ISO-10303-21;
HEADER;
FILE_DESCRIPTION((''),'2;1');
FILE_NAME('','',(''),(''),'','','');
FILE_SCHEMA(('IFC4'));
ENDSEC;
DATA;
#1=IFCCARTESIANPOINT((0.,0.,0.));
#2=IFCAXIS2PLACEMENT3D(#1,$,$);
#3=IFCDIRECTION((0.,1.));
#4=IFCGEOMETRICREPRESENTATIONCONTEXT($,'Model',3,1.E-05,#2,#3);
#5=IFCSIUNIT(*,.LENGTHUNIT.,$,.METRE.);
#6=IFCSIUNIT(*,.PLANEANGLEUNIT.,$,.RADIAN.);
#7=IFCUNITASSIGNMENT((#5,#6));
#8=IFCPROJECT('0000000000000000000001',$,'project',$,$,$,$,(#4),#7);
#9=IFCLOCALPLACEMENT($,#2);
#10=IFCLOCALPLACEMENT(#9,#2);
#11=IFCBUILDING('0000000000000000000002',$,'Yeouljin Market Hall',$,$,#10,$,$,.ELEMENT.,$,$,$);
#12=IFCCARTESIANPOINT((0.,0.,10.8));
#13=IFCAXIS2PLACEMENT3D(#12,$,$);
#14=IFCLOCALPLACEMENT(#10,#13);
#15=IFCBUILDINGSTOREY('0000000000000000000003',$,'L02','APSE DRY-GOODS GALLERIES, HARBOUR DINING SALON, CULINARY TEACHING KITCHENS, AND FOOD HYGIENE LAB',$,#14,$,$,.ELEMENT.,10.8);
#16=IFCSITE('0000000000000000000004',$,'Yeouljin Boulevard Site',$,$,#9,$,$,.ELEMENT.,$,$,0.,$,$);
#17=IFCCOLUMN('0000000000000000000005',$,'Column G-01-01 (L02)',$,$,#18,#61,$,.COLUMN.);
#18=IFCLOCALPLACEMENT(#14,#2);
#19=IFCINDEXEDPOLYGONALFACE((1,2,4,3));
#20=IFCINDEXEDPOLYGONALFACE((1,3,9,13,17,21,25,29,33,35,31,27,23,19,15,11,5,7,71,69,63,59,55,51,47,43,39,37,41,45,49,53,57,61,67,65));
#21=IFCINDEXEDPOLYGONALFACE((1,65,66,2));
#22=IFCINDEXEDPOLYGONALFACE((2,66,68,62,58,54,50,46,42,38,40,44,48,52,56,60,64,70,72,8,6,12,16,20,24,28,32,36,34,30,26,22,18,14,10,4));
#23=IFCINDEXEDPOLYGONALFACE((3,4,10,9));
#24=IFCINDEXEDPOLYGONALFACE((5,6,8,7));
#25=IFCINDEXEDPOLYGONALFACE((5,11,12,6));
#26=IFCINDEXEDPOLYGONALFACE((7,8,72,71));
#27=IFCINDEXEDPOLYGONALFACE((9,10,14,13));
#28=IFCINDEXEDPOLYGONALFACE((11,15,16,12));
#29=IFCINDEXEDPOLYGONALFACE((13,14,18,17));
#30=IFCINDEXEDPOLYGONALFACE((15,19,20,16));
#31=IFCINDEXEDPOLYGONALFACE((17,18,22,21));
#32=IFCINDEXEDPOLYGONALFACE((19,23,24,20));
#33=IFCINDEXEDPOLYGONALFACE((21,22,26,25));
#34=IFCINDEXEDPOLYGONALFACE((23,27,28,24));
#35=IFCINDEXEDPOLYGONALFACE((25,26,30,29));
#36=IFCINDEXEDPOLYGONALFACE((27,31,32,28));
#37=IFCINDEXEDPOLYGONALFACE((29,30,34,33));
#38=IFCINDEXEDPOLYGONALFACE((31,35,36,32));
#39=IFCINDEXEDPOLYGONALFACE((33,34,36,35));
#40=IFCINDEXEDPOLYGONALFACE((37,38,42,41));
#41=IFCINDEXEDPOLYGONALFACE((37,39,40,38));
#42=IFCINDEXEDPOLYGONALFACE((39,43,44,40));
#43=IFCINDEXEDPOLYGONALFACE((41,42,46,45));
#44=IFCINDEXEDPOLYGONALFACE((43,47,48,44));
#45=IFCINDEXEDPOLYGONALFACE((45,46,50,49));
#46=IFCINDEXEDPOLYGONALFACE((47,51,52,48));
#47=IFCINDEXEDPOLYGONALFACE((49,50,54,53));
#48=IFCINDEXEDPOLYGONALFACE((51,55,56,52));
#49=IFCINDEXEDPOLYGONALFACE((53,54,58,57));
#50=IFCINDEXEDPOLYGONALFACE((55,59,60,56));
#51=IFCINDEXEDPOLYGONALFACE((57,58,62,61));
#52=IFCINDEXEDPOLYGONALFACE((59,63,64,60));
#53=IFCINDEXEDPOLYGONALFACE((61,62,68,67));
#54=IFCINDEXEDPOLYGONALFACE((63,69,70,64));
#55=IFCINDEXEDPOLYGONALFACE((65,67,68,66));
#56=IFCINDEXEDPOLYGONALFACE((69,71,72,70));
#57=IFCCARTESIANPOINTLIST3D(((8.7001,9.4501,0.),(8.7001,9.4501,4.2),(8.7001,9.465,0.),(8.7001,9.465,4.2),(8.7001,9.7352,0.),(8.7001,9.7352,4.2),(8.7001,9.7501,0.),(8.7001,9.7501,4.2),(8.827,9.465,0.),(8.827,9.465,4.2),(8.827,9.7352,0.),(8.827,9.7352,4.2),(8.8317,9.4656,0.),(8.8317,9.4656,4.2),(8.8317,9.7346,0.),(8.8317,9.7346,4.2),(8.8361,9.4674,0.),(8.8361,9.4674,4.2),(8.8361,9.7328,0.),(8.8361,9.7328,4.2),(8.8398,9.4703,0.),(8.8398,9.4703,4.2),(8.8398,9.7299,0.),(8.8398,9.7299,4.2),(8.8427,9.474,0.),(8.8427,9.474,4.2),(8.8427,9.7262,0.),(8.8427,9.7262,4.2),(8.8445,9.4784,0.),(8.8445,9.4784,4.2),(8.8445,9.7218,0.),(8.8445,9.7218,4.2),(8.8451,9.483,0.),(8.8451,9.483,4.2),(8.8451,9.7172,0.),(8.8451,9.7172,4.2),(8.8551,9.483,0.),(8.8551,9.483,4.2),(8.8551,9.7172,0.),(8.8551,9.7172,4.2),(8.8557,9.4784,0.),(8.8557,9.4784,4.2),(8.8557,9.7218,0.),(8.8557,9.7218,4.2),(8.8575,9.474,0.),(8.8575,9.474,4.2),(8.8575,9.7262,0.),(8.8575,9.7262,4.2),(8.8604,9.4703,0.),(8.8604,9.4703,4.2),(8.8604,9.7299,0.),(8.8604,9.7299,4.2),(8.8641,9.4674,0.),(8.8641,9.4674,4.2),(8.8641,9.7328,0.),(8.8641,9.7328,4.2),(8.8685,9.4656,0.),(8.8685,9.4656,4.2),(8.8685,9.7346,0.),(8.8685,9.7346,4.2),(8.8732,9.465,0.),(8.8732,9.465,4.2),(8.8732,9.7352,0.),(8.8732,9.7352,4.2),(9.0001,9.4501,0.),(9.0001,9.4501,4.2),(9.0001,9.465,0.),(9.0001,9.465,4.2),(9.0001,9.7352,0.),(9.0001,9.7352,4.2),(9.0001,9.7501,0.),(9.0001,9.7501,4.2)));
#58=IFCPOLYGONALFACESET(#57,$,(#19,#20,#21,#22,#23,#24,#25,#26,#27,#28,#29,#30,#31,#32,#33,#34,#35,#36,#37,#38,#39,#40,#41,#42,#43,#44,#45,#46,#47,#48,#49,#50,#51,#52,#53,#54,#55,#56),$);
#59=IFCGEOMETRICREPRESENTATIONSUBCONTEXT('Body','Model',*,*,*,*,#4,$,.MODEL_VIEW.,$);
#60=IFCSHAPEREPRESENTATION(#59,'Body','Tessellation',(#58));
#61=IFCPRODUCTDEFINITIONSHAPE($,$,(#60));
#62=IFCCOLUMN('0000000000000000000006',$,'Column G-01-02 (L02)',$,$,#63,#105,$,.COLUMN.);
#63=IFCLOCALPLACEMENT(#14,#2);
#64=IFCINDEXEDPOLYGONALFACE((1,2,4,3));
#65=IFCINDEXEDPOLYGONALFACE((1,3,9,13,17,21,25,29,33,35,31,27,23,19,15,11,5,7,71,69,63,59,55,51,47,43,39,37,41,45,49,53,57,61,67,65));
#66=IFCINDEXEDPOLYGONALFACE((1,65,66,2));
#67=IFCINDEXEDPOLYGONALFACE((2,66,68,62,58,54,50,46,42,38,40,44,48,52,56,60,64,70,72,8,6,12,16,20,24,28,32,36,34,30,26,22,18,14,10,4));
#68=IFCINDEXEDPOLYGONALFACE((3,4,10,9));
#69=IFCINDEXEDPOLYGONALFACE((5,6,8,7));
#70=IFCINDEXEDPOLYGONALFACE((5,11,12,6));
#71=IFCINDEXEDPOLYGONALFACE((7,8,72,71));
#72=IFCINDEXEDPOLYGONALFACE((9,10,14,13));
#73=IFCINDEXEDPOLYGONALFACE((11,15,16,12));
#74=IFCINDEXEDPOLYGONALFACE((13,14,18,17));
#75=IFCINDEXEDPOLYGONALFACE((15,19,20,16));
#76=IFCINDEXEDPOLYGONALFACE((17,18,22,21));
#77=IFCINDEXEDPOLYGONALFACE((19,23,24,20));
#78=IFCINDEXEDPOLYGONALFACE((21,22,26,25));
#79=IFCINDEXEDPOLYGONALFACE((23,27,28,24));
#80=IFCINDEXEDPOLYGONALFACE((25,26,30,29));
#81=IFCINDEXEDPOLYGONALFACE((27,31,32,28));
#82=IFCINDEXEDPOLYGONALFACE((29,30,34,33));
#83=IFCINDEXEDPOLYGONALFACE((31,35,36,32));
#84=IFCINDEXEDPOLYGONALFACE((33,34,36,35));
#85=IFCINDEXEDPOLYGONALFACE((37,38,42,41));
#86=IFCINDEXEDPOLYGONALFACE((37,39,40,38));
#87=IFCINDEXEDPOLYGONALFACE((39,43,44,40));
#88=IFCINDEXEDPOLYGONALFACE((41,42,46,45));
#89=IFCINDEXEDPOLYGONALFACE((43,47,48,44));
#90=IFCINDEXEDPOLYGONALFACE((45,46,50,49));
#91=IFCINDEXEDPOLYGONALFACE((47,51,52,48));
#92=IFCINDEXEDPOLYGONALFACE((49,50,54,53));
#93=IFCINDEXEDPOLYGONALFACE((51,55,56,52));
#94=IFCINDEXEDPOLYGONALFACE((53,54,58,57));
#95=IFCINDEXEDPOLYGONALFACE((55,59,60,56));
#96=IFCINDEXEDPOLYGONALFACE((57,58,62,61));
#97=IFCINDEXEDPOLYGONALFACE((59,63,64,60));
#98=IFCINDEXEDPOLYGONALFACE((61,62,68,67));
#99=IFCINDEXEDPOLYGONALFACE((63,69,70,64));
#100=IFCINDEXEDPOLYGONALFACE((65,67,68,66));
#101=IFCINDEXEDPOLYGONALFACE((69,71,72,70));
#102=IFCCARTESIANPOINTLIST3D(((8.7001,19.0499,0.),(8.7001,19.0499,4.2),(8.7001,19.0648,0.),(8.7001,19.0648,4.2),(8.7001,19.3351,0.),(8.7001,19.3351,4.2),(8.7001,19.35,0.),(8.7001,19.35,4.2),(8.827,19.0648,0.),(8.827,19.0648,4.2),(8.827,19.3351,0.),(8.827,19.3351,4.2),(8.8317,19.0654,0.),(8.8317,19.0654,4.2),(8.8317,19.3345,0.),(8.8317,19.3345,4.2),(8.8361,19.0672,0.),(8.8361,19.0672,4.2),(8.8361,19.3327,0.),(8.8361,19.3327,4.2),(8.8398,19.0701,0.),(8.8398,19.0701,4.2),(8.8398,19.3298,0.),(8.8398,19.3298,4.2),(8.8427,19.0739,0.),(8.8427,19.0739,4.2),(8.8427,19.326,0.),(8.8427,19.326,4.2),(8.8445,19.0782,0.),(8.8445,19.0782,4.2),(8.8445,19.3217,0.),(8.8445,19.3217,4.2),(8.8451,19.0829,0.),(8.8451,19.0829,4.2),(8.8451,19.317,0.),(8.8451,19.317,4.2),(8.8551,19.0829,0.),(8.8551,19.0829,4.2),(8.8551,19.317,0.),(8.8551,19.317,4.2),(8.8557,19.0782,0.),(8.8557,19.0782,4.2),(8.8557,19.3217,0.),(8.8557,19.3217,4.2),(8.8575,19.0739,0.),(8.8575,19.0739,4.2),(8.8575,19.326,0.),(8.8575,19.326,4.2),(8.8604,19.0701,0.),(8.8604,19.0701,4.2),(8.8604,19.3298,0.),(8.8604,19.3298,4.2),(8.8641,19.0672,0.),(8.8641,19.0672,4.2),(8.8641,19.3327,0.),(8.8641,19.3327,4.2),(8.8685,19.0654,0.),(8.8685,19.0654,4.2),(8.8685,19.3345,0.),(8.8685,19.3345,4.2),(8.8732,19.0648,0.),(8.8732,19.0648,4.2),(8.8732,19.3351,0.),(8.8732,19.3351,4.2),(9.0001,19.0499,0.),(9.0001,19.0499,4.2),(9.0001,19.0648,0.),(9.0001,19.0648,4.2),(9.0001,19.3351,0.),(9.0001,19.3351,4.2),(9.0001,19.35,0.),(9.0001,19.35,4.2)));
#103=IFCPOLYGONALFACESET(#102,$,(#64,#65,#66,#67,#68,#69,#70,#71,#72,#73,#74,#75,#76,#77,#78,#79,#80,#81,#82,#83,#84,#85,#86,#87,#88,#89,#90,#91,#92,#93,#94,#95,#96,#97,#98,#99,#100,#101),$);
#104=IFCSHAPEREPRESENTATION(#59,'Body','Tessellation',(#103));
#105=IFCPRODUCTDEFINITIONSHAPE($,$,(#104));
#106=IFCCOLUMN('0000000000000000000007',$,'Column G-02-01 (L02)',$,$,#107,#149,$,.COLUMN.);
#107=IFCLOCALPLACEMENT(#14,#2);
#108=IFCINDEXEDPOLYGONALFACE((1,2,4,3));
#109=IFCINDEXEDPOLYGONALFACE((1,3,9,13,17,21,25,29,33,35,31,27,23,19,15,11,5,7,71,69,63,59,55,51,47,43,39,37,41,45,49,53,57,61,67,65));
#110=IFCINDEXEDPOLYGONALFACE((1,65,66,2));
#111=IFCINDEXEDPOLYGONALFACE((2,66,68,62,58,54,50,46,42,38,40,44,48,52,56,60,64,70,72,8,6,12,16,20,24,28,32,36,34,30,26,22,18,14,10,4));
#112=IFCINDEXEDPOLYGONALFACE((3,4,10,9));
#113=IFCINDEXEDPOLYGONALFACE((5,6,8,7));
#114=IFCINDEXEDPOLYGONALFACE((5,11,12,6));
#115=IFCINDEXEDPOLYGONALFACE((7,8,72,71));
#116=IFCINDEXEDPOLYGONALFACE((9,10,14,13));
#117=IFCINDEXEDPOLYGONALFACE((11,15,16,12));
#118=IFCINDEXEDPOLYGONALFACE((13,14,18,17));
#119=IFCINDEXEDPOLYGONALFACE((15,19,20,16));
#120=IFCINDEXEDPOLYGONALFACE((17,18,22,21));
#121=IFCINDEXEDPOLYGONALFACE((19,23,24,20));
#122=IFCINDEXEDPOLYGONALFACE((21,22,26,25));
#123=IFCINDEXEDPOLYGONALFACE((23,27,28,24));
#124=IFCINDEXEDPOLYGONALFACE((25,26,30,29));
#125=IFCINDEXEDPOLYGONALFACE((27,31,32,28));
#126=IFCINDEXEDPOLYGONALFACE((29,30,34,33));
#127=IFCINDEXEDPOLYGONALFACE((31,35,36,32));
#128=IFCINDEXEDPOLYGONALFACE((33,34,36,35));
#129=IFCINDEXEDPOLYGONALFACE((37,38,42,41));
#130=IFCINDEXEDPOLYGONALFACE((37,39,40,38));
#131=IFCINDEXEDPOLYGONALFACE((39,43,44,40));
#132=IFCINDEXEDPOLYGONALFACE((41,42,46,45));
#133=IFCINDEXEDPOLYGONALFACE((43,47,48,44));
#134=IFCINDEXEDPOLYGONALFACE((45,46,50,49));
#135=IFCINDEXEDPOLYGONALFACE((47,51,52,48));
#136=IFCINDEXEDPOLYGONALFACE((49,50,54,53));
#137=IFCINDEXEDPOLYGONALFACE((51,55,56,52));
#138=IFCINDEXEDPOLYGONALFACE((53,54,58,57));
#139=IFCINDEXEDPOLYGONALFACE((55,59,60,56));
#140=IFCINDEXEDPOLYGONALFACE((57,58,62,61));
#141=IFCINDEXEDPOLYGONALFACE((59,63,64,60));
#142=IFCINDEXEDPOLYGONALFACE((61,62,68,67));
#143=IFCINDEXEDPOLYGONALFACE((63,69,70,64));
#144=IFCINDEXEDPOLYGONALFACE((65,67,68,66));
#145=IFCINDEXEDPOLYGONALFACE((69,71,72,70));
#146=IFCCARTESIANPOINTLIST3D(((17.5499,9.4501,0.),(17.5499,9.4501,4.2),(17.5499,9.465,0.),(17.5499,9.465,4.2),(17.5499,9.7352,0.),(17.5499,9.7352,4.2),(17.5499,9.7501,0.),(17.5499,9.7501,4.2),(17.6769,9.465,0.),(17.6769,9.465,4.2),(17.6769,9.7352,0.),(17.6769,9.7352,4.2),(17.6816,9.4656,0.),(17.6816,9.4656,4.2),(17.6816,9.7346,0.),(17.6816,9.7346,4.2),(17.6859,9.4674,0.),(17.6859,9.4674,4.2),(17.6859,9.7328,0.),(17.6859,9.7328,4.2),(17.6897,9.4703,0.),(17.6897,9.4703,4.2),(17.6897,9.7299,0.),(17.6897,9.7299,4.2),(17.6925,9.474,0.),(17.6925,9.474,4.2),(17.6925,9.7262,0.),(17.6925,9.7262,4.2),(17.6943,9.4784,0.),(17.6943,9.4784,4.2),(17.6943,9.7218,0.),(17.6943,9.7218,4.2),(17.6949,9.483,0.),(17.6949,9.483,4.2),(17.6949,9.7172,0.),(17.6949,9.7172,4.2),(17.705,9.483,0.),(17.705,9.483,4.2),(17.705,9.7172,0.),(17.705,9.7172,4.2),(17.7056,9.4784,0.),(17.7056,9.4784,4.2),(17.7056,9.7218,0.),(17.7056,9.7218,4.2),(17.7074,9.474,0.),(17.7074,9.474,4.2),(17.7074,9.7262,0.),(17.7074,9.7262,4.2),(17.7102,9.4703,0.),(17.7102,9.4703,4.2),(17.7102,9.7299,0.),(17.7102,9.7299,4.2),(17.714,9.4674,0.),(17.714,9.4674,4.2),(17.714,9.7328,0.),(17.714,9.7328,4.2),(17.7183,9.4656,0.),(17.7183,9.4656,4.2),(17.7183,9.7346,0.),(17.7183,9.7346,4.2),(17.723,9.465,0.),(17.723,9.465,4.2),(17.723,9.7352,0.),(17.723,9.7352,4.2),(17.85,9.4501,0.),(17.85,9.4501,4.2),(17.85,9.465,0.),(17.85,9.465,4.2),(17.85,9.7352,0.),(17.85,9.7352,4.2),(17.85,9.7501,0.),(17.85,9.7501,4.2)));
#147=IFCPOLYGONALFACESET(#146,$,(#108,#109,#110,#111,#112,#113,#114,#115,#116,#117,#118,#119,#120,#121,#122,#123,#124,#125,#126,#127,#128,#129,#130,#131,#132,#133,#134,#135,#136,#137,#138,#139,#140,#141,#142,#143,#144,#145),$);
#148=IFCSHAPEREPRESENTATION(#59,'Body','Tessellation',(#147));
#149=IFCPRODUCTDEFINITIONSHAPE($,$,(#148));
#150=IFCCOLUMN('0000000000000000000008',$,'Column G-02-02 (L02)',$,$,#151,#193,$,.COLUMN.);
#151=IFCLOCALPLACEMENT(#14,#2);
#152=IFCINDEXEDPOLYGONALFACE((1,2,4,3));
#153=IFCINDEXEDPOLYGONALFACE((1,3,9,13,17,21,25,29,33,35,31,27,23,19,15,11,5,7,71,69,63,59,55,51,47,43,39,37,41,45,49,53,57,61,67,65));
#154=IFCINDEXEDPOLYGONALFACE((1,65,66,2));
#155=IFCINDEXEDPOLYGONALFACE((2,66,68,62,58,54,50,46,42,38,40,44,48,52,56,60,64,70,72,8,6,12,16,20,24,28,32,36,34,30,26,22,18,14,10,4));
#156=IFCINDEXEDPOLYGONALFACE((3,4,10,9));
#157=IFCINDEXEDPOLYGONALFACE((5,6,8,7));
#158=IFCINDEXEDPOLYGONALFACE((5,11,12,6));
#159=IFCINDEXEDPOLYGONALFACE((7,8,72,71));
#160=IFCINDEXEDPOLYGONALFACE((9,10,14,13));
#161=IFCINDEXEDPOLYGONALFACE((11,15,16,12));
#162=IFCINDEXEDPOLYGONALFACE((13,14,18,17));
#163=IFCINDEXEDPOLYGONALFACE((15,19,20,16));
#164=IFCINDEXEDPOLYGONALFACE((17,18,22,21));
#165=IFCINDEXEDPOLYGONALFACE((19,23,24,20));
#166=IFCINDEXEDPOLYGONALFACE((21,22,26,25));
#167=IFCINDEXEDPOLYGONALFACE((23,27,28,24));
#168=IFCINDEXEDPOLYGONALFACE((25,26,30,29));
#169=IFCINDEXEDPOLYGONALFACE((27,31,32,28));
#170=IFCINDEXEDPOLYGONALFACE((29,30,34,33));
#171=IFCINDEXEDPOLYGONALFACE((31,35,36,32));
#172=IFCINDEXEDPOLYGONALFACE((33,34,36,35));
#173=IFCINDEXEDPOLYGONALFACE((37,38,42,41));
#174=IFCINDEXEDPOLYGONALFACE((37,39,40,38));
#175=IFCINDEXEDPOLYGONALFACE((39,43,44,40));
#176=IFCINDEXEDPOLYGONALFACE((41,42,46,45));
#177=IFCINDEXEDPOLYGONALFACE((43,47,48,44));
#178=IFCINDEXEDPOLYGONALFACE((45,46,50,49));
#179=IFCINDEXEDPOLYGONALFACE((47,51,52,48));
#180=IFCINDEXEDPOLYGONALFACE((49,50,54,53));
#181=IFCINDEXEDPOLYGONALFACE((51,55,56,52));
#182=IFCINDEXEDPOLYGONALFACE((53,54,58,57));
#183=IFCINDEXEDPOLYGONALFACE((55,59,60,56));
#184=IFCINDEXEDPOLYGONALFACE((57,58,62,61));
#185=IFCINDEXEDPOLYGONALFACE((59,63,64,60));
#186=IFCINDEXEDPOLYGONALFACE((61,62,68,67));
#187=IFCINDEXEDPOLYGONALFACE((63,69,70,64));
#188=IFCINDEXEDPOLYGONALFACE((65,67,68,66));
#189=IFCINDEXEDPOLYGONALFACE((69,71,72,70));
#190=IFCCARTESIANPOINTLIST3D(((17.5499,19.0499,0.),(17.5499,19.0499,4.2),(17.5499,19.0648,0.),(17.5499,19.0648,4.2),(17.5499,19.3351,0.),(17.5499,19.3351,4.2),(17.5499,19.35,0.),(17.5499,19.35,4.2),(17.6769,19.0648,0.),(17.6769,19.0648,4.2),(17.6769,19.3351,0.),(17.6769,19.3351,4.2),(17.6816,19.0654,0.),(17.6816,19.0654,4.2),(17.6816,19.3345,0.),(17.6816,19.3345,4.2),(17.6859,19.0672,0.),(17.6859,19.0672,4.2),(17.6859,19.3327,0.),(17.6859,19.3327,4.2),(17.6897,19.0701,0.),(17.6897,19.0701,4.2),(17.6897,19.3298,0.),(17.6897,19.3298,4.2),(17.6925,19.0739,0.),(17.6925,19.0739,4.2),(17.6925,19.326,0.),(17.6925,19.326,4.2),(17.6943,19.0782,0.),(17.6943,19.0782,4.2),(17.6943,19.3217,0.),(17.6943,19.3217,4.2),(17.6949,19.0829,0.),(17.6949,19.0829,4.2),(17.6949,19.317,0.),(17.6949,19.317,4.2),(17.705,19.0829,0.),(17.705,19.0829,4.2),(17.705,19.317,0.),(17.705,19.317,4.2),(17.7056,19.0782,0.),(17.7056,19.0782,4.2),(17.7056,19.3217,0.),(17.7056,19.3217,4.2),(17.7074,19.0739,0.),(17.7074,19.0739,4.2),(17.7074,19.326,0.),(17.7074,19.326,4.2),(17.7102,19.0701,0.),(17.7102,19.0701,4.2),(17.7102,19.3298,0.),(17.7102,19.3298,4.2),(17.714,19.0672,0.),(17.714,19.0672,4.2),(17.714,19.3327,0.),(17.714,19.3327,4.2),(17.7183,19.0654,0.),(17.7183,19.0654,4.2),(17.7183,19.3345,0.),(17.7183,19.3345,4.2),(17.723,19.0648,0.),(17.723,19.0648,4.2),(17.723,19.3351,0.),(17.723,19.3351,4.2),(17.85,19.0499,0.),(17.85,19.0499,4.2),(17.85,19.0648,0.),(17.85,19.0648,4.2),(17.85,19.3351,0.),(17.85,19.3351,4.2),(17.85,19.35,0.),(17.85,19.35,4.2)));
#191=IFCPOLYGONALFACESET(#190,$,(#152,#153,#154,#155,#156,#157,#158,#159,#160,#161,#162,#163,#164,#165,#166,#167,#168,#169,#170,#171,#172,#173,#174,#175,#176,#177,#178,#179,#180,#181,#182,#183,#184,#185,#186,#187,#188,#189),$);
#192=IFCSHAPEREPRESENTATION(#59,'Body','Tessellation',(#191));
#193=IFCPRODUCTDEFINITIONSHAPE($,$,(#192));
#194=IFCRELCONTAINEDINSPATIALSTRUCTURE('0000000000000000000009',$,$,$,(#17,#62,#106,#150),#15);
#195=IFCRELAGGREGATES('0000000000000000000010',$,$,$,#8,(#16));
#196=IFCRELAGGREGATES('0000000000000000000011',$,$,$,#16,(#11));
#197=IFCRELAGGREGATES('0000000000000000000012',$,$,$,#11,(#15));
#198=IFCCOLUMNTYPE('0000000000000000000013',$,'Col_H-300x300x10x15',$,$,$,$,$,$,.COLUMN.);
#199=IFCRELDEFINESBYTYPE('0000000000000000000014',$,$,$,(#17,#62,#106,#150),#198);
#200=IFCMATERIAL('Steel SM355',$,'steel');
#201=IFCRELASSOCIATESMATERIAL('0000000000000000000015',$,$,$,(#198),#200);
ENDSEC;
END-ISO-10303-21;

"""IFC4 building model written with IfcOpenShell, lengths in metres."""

from ifc_helpers import new_model, si_unit, direction, frame, origin, origin_2d, place, context, subcontext, project, spatial, i_section, extrude, material, material_profile, profile_set, type_object, element, save


model = new_model("IFC4")

# Units and contexts
model_context = context("Model", 3, precision=1e-05, world=origin(), true_north=direction((0.0, 1.0)))
body_context = subcontext(model_context, "Body", "Model", "MODEL_VIEW")
ifc_project = project(units=[si_unit("LENGTHUNIT", "METRE"), si_unit("PLANEANGLEUNIT", "RADIAN")], contexts=[model_context])

# Site, building, storey
site_placement = place(None, origin())
site = spatial("IfcSite", under=ifc_project, at=site_placement, Name="Yeouljin Boulevard Site", CompositionType="ELEMENT", RefElevation=0.0)
building_placement = place(site_placement, origin())
building = spatial("IfcBuilding", under=site, at=building_placement, Name="Yeouljin Market Hall", CompositionType="ELEMENT")
storey_placement = place(building_placement, frame((0.0, 0.0, 10.8)))
storey = spatial("IfcBuildingStorey", under=building, at=storey_placement, Name="L02", Description="APSE DRY-GOODS GALLERIES, HARBOUR DINING SALON, CULINARY TEACHING KITCHENS, AND FOOD HYGIENE LAB", CompositionType="ELEMENT", Elevation=10.8)

# Columns
ifc_material_1 = material(Name="Steel SM355", Category="steel")
ifc_material_profile_1 = material_profile(ifc_material_1, i_section(OverallWidth=0.3, OverallDepth=0.3, WebThickness=0.01, FlangeThickness=0.0149, FilletRadius=0.0181, at=origin_2d()), Name="H-300x300x10x15")
ifc_profile_set_1 = profile_set([ifc_material_profile_1], Name="Steel SM355")
column_type = type_object("IfcColumnType", Name="Col_H-300x300x10x15", PredefinedType="COLUMN", material=ifc_profile_set_1)
for number, where, z_axis, x_axis, name in (
    (1, (8.8501, 9.6001, 0.0), (0.0, 0.0, 1.0), (1.0, 0.0, 0.0), "Column G-01-01 (L02)"),
    (2, (8.8501, 19.2, 0.0), (0.0, 0.0, 1.0), (1.0, 0.0, 0.0), "Column G-01-02 (L02)"),
    (3, (17.7, 9.6001, 0.0), (0.0, 0.0, 1.0), (1.0, 0.0, 0.0), "Column G-02-01 (L02)"),
    (4, (17.7, 19.2, 0.0), (0.0, 0.0, 1.0), (1.0, 0.0, 0.0), "Column G-02-02 (L02)"),
):
    element("IfcColumn", number, at=place(storey_placement, frame(where, z_axis=z_axis, x_axis=x_axis)), inside=storey, type_object=column_type, Name=name, PredefinedType="COLUMN", context=body_context, shape_type="SweptSolid", body=[
        extrude(i_section(OverallWidth=0.3, OverallDepth=0.3, WebThickness=0.01, FlangeThickness=0.0149, FilletRadius=0.0181, at=origin_2d()), origin(), (0.0, 0.0, 1.0), 4.2),
    ])

save(model, "model.ifc")
